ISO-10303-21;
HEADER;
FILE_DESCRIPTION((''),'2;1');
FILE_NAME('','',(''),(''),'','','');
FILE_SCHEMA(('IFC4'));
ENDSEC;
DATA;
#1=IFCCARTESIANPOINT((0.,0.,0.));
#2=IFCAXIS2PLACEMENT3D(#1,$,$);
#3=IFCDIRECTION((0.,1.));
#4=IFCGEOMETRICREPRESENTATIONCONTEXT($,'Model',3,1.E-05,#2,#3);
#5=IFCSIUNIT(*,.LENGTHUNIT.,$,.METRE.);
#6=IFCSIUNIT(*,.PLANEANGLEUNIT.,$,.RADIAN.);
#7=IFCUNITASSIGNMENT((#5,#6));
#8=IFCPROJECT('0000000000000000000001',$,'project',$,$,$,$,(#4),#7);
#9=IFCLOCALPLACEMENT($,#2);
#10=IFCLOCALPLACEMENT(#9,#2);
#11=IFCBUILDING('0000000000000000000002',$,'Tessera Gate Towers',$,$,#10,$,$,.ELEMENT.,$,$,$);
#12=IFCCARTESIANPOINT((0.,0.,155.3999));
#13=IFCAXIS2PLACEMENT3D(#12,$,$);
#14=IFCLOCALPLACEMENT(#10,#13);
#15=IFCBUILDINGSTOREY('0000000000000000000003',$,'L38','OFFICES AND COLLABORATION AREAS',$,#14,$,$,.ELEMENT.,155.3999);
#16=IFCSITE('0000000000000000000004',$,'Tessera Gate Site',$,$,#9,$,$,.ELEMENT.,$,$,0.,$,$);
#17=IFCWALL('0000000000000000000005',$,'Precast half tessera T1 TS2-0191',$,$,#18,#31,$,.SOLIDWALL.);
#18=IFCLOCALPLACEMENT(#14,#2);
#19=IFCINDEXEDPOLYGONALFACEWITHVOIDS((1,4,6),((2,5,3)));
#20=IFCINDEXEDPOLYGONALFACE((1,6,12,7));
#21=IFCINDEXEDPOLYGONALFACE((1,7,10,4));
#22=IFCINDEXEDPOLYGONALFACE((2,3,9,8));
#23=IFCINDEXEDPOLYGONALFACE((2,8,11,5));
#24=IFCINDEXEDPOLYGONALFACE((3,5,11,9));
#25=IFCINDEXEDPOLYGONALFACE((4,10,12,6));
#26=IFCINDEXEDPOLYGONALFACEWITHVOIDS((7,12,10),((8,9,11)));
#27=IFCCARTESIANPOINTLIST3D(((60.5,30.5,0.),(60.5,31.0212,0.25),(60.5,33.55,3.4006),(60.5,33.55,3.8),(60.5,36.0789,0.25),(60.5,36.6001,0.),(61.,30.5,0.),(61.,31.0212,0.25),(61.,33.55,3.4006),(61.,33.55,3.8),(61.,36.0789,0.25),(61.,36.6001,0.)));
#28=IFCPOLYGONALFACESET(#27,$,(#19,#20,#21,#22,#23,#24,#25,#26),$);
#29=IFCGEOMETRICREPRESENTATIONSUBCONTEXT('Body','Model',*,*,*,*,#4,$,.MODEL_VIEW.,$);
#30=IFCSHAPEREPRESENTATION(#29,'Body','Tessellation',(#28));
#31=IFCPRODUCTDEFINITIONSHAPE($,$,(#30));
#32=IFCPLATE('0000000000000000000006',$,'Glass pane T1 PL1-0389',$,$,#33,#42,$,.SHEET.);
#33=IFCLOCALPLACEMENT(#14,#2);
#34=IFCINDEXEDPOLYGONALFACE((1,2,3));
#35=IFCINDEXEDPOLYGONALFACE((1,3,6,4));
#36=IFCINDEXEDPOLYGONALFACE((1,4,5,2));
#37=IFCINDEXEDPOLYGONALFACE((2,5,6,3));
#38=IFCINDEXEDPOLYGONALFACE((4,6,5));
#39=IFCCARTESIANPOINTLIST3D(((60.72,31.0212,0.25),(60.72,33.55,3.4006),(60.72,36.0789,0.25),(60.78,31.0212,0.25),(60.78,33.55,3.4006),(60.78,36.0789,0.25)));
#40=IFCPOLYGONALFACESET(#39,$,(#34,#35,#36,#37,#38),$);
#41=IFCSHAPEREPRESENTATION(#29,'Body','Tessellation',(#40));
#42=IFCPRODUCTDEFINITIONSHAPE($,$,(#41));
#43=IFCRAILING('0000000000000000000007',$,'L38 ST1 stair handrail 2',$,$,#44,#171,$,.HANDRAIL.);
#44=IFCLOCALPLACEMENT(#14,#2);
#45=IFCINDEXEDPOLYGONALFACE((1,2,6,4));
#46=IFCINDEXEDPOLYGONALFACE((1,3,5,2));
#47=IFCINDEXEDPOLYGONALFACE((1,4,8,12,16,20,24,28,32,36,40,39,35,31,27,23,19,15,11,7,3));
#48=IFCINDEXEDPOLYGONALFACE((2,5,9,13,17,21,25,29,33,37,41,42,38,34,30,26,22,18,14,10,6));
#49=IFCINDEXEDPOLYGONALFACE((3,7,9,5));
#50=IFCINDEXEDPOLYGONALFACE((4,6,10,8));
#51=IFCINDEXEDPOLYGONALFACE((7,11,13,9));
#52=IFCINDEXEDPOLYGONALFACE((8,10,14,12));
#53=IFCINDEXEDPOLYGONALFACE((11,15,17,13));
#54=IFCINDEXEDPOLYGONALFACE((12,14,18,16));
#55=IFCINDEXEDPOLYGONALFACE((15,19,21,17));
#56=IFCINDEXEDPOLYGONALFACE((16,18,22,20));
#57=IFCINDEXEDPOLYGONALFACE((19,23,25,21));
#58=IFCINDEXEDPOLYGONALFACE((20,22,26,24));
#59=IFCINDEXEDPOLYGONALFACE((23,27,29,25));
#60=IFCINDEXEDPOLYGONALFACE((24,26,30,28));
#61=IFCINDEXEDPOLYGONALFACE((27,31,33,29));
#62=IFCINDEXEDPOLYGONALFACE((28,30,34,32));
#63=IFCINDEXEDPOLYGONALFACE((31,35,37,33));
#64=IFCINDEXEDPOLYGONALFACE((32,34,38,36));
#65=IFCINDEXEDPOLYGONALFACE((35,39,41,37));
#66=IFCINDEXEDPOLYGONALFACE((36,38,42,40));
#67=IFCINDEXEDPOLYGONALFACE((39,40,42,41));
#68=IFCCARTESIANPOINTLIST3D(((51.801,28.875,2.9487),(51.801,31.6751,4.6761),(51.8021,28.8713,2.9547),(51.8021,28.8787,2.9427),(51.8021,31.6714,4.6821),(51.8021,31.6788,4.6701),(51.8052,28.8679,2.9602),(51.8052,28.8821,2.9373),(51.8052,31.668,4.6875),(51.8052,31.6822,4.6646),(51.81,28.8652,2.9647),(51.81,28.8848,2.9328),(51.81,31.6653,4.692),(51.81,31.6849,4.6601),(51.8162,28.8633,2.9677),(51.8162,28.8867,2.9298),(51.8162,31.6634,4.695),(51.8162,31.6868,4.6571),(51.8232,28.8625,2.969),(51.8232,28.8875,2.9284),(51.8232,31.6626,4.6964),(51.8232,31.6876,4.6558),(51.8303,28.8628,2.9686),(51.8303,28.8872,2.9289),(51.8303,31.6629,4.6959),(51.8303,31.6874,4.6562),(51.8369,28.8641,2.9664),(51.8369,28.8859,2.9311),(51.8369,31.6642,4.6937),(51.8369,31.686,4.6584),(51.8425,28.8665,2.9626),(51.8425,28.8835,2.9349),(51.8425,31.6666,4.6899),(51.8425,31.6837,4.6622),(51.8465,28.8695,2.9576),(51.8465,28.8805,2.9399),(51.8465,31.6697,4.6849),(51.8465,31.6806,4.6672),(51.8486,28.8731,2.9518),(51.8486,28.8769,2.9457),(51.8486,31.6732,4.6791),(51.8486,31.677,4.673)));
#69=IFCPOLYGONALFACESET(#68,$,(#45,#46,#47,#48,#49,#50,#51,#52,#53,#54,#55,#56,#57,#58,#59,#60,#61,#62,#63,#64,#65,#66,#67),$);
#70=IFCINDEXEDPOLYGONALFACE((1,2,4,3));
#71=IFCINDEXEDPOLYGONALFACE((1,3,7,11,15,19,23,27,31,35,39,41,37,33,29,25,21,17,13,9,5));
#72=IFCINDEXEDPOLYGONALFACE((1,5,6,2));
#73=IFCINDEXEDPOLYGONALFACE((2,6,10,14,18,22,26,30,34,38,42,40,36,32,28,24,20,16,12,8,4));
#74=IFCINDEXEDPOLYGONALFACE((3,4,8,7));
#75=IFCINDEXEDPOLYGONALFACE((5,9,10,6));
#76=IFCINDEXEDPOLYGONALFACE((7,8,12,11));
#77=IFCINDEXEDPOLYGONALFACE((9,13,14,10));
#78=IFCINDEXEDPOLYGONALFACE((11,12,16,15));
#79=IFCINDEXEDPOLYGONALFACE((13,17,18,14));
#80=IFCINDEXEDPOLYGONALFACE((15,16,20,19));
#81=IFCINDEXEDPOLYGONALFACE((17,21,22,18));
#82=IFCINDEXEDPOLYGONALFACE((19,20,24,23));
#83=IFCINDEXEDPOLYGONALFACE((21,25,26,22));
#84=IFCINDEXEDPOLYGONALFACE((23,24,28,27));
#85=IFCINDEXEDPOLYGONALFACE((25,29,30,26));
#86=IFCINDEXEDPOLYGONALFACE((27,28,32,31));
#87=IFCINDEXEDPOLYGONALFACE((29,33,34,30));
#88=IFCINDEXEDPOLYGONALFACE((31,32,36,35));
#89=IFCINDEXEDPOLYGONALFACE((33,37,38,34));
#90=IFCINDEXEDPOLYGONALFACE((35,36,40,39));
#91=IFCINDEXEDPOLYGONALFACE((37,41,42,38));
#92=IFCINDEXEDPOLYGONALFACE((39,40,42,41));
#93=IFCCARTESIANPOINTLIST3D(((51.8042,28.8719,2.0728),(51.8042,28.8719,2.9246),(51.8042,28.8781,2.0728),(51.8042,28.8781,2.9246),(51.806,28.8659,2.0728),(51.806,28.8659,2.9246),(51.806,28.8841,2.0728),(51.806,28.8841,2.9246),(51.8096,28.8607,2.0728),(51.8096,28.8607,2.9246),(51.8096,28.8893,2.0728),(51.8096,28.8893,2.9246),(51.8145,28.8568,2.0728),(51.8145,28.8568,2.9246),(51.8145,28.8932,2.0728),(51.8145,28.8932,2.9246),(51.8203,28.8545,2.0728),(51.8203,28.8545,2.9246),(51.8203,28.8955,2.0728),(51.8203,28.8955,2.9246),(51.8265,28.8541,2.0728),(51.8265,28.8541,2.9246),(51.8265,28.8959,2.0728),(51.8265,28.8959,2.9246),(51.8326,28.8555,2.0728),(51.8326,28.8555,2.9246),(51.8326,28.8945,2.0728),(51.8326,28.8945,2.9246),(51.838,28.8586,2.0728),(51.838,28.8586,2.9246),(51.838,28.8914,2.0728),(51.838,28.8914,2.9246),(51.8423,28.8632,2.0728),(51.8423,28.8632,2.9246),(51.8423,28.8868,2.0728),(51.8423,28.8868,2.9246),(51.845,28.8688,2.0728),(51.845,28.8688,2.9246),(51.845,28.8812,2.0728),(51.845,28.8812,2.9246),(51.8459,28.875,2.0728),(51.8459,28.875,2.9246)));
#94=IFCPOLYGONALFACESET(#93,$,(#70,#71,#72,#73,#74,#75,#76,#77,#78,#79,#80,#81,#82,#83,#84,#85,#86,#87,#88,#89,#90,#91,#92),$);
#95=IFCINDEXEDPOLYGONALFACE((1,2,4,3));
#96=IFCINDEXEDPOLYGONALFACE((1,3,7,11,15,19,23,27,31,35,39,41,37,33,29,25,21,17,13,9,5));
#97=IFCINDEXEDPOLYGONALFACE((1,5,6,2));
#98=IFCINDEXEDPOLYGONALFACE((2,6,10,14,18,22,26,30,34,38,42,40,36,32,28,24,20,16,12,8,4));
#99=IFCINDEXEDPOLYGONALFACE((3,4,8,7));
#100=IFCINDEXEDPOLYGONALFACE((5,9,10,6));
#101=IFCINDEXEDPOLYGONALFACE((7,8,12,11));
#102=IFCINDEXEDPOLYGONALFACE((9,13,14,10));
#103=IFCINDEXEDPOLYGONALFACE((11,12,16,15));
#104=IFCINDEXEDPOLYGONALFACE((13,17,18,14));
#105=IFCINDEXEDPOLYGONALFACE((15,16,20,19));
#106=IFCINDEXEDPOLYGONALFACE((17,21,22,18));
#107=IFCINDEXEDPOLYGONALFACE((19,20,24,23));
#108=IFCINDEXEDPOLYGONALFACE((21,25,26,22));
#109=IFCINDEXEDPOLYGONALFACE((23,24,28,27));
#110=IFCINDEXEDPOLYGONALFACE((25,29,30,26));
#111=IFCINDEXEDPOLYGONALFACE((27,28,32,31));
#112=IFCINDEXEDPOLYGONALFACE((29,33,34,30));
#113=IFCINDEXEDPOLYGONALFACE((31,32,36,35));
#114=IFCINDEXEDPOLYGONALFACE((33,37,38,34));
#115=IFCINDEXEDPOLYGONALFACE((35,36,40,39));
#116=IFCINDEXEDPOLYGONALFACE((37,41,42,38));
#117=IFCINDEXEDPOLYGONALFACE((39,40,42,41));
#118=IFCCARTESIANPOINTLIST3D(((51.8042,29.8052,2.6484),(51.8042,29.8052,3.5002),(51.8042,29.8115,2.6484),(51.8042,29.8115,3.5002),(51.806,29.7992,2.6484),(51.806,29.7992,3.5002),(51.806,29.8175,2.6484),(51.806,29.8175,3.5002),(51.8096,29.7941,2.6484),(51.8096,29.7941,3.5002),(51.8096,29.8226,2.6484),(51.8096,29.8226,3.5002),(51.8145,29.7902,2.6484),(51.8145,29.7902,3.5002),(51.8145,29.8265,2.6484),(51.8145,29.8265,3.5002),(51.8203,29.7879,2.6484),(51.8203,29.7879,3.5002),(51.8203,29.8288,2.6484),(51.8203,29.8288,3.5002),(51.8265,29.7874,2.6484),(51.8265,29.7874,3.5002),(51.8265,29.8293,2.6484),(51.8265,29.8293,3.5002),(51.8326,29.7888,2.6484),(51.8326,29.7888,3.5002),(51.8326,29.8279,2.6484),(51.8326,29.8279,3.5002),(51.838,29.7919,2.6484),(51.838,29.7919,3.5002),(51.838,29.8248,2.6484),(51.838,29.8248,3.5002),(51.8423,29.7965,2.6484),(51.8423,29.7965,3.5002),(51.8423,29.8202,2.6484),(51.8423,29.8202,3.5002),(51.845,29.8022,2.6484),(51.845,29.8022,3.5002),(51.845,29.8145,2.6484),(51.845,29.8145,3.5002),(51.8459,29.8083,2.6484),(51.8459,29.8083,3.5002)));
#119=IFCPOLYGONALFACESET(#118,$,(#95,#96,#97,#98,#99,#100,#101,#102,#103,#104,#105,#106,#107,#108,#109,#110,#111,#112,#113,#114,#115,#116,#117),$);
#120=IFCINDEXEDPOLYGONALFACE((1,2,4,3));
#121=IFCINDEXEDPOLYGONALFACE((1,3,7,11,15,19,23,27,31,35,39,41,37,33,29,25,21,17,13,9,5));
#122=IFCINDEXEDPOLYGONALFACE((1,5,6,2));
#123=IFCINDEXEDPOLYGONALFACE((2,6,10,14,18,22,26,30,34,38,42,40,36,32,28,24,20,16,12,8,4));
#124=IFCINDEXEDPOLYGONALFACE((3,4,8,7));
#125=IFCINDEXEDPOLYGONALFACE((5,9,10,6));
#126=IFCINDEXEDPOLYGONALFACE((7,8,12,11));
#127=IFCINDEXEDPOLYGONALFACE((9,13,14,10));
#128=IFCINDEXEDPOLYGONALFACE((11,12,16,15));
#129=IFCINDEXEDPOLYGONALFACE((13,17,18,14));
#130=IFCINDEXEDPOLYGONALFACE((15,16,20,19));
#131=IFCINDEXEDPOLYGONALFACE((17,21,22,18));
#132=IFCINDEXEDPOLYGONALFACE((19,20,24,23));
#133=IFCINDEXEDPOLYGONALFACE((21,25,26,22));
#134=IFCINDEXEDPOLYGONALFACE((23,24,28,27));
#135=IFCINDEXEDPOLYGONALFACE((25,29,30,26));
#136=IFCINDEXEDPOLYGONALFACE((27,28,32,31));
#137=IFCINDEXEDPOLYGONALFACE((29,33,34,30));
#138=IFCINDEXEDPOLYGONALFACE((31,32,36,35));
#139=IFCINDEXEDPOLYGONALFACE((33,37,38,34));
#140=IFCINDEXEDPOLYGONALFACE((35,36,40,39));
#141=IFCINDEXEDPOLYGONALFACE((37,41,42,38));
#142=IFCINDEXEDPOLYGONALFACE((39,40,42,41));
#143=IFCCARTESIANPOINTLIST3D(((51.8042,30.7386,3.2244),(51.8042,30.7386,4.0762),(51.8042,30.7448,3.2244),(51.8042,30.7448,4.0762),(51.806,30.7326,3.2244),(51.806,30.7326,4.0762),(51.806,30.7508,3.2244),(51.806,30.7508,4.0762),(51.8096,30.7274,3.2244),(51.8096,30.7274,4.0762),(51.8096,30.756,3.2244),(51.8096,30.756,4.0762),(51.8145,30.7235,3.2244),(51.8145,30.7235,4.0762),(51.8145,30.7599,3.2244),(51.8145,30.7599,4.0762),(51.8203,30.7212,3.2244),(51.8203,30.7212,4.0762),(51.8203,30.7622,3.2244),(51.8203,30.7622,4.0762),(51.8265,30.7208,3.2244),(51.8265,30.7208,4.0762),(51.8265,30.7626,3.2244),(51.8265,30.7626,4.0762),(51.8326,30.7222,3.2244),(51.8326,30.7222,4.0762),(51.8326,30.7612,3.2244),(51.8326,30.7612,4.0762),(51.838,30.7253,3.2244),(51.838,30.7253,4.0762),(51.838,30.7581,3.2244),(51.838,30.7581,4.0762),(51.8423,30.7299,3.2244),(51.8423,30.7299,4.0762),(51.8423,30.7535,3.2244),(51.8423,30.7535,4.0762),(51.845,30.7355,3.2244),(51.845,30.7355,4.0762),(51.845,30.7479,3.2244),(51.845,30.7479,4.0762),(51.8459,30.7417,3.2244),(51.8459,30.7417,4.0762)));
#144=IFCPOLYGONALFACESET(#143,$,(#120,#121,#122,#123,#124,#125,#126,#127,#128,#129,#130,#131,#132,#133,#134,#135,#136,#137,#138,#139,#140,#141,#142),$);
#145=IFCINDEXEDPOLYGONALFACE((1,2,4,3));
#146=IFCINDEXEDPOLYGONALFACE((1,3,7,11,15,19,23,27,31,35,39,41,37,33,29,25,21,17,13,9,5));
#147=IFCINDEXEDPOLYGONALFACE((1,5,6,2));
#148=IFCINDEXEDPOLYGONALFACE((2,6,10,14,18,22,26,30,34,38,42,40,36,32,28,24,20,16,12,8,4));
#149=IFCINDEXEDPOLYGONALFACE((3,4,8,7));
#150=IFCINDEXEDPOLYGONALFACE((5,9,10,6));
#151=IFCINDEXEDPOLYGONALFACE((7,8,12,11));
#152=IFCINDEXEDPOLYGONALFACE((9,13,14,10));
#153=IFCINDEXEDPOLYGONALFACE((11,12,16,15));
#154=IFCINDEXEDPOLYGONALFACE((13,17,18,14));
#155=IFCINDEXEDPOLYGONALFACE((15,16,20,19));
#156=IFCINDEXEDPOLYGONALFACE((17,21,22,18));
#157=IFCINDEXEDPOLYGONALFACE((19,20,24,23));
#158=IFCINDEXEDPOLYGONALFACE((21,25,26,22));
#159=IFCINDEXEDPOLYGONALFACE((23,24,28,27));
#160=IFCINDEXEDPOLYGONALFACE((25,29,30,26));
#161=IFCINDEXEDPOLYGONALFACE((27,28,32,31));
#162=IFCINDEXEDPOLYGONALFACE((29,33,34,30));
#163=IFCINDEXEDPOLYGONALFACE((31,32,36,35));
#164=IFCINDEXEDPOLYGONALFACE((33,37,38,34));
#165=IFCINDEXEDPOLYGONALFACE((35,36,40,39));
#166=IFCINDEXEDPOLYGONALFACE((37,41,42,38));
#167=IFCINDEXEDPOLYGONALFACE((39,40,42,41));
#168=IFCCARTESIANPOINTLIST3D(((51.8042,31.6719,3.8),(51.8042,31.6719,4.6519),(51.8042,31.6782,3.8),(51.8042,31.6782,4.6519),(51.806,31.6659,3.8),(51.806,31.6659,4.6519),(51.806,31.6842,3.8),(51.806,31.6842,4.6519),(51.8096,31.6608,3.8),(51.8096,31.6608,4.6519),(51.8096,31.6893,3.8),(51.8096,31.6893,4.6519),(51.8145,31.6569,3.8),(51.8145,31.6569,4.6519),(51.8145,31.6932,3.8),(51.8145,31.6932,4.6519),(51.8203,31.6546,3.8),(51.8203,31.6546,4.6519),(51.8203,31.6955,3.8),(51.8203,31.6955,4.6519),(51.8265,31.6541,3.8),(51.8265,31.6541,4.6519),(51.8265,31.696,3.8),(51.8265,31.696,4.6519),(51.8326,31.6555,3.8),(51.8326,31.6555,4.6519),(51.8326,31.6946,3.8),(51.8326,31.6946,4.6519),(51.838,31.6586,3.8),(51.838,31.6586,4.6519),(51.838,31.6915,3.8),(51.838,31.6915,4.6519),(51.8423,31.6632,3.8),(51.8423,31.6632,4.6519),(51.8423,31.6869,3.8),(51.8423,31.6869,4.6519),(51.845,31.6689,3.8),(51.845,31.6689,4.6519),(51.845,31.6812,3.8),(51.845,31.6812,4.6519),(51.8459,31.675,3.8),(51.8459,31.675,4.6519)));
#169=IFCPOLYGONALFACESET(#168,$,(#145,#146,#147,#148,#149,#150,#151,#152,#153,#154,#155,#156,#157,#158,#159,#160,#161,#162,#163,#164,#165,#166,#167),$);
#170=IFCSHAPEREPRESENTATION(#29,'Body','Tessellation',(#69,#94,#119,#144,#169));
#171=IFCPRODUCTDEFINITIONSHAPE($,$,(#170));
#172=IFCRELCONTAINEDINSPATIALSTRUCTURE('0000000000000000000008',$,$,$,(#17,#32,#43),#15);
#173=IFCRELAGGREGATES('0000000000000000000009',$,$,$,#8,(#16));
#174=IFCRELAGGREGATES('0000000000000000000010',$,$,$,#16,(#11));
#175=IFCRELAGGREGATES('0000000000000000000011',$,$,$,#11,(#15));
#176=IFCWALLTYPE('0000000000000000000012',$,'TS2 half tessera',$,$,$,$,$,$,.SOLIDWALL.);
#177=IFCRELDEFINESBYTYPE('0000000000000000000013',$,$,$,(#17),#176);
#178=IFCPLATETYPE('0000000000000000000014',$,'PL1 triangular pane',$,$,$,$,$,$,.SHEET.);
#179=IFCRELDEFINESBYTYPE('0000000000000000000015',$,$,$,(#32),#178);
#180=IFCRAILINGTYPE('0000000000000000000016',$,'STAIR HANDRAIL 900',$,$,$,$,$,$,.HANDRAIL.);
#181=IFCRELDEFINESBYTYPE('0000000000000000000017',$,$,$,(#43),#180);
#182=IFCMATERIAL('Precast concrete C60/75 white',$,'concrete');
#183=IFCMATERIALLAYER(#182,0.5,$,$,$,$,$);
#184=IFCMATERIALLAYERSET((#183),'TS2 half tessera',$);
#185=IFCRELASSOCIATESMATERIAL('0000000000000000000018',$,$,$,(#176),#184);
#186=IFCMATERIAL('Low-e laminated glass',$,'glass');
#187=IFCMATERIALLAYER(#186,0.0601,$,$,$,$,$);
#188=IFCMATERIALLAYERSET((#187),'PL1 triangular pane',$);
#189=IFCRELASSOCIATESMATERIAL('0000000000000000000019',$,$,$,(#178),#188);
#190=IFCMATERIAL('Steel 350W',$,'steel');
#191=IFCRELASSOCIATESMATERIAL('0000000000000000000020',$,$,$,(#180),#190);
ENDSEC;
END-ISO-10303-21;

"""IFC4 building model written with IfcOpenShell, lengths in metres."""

from ifc_helpers import new_model, si_unit, direction, frame, origin, origin_2d, place, context, subcontext, project, spatial, polyline, circle, outline, extrude, source, transform, mapped, material, layer, layer_set, type_object, element, fill, save


model = new_model("IFC4")

# Units and contexts
model_context = context("Model", 3, precision=1e-05, world=origin(), true_north=direction((0.0, 1.0)))
body_context = subcontext(model_context, "Body", "Model", "MODEL_VIEW")
ifc_project = project(units=[si_unit("LENGTHUNIT", "METRE"), si_unit("PLANEANGLEUNIT", "RADIAN")], contexts=[model_context])

# Site, building, storey
site_placement = place(None, origin())
site = spatial("IfcSite", under=ifc_project, at=site_placement, Name="Tessera Gate Site", CompositionType="ELEMENT", RefElevation=0.0)
building_placement = place(site_placement, origin())
building = spatial("IfcBuilding", under=site, at=building_placement, Name="Tessera Gate Towers", CompositionType="ELEMENT")
storey_placement = place(building_placement, frame((0.0, 0.0, 155.3999)))
storey = spatial("IfcBuildingStorey", under=building, at=storey_placement, Name="L38", Description="OFFICES AND COLLABORATION AREAS", CompositionType="ELEMENT", Elevation=155.3999)

# Wall, opening, plate
ifc_material_1 = material(Name="Precast concrete C60/75 white", Category="concrete")
ifc_layer_1 = layer(ifc_material_1, 0.5)
ifc_layer_set_1 = layer_set([ifc_layer_1], Name="TS2 half tessera")
wall_type_1 = type_object("IfcWallType", Name="TS2 half tessera", PredefinedType="SOLIDWALL", material=ifc_layer_set_1)
shared_shape_1 = source(origin(), body_context, "Body", "SweptSolid", [
    extrude(outline(polyline([(6.1001, 0.0), (3.05, 3.8), (0.0, 0.0), (6.1001, 0.0)])), frame((0.0, 0.25, 0.0), z_axis=(0.0, -1.0, 0.0), x_axis=(1.0, 0.0, 0.0)), (0.0, 0.0, 1.0), 0.5),
])
shared_shape_2 = source(origin(), body_context, "Body", "SweptSolid", [
    extrude(outline(polyline([(5.5789, 0.25), (3.05, 3.4006), (0.5212, 0.25), (5.5789, 0.25)])), frame((0.0, 0.26, 0.0), z_axis=(0.0, -1.0, 0.0), x_axis=(1.0, 0.0, 0.0)), (0.0, 0.0, 1.0), 0.52),
])
ifc_material_2 = material(Name="Low-e laminated glass", Category="glass")
ifc_layer_2 = layer(ifc_material_2, 0.0601)
ifc_layer_set_2 = layer_set([ifc_layer_2], Name="PL1 triangular pane")
plate_type = type_object("IfcPlateType", Name="PL1 triangular pane", PredefinedType="SHEET", material=ifc_layer_set_2)
shared_shape_3 = source(origin(), body_context, "Body", "SweptSolid", [
    extrude(outline(polyline([(5.5789, 0.25), (3.05, 3.4006), (0.5212, 0.25), (5.5789, 0.25)])), frame((0.0, 0.03, 0.0), z_axis=(0.0, -1.0, 0.0), x_axis=(1.0, 0.0, 0.0)), (0.0, 0.0, 1.0), 0.0601),
])
wall_1_placement = place(storey_placement, frame((60.75, 30.5, 0.0), z_axis=(0.0, 0.0, 1.0), x_axis=(0.0, 1.0, 0.0)))
wall_1 = element("IfcWall", 1, at=wall_1_placement, inside=storey, type_object=wall_type_1, Name="Precast half tessera T1 TS2-0191", PredefinedType="SOLIDWALL", context=body_context, shape_type="MappedRepresentation", body=[
    mapped(shared_shape_1, transform((0.0, 0.0, 0.0), scale=1.0)),
])
opening_1_placement = place(wall_1_placement, origin())
opening_1 = element("IfcOpeningElement", 2, at=opening_1_placement, cuts=wall_1, PredefinedType="OPENING", context=body_context, shape_type="MappedRepresentation", body=[
    mapped(shared_shape_2, transform((0.0, 0.0, 0.0), scale=1.0)),
])
plate_1_placement = place(opening_1_placement, origin())
plate_1 = element("IfcPlate", 3, at=plate_1_placement, inside=storey, type_object=plate_type, Name="Glass pane T1 PL1-0389", PredefinedType="SHEET", context=body_context, shape_type="MappedRepresentation", body=[
    mapped(shared_shape_3, transform((0.0, 0.0, 0.0), scale=1.0)),
])
fill(opening_1, plate_1)

# Railing
ifc_material_3 = material(Name="Steel 350W", Category="steel")
railing_type = type_object("IfcRailingType", Name="STAIR HANDRAIL 900", PredefinedType="HANDRAIL", material=ifc_material_3)
railing_placement = place(storey_placement, frame((51.825, 28.875, 2.0728)))
element("IfcRailing", 4, at=railing_placement, inside=storey, type_object=railing_type, Name="L38 ST1 stair handrail 2", PredefinedType="HANDRAIL", context=body_context, shape_type="SweptSolid", body=[
    extrude(circle(Radius=0.0239, at=origin_2d()), frame((0.0, 0.0, 0.876), z_axis=(0.0, 0.85109, 0.52502), x_axis=(-1.0, 0.0, 0.0)), (0.0, 0.0, 1.0), 3.29),
    extrude(circle(Radius=0.021, at=origin_2d()), origin(), (0.0, 0.0, 1.0), 0.8518),
    extrude(circle(Radius=0.021, at=origin_2d()), frame((0.0, 0.9333, 0.5757)), (0.0, 0.0, 1.0), 0.8518),
    extrude(circle(Radius=0.021, at=origin_2d()), frame((0.0, 1.8667, 1.1516)), (0.0, 0.0, 1.0), 0.8518),
    extrude(circle(Radius=0.021, at=origin_2d()), frame((0.0, 2.8, 1.7273)), (0.0, 0.0, 1.0), 0.8518),
])

save(model, "model.ifc")
